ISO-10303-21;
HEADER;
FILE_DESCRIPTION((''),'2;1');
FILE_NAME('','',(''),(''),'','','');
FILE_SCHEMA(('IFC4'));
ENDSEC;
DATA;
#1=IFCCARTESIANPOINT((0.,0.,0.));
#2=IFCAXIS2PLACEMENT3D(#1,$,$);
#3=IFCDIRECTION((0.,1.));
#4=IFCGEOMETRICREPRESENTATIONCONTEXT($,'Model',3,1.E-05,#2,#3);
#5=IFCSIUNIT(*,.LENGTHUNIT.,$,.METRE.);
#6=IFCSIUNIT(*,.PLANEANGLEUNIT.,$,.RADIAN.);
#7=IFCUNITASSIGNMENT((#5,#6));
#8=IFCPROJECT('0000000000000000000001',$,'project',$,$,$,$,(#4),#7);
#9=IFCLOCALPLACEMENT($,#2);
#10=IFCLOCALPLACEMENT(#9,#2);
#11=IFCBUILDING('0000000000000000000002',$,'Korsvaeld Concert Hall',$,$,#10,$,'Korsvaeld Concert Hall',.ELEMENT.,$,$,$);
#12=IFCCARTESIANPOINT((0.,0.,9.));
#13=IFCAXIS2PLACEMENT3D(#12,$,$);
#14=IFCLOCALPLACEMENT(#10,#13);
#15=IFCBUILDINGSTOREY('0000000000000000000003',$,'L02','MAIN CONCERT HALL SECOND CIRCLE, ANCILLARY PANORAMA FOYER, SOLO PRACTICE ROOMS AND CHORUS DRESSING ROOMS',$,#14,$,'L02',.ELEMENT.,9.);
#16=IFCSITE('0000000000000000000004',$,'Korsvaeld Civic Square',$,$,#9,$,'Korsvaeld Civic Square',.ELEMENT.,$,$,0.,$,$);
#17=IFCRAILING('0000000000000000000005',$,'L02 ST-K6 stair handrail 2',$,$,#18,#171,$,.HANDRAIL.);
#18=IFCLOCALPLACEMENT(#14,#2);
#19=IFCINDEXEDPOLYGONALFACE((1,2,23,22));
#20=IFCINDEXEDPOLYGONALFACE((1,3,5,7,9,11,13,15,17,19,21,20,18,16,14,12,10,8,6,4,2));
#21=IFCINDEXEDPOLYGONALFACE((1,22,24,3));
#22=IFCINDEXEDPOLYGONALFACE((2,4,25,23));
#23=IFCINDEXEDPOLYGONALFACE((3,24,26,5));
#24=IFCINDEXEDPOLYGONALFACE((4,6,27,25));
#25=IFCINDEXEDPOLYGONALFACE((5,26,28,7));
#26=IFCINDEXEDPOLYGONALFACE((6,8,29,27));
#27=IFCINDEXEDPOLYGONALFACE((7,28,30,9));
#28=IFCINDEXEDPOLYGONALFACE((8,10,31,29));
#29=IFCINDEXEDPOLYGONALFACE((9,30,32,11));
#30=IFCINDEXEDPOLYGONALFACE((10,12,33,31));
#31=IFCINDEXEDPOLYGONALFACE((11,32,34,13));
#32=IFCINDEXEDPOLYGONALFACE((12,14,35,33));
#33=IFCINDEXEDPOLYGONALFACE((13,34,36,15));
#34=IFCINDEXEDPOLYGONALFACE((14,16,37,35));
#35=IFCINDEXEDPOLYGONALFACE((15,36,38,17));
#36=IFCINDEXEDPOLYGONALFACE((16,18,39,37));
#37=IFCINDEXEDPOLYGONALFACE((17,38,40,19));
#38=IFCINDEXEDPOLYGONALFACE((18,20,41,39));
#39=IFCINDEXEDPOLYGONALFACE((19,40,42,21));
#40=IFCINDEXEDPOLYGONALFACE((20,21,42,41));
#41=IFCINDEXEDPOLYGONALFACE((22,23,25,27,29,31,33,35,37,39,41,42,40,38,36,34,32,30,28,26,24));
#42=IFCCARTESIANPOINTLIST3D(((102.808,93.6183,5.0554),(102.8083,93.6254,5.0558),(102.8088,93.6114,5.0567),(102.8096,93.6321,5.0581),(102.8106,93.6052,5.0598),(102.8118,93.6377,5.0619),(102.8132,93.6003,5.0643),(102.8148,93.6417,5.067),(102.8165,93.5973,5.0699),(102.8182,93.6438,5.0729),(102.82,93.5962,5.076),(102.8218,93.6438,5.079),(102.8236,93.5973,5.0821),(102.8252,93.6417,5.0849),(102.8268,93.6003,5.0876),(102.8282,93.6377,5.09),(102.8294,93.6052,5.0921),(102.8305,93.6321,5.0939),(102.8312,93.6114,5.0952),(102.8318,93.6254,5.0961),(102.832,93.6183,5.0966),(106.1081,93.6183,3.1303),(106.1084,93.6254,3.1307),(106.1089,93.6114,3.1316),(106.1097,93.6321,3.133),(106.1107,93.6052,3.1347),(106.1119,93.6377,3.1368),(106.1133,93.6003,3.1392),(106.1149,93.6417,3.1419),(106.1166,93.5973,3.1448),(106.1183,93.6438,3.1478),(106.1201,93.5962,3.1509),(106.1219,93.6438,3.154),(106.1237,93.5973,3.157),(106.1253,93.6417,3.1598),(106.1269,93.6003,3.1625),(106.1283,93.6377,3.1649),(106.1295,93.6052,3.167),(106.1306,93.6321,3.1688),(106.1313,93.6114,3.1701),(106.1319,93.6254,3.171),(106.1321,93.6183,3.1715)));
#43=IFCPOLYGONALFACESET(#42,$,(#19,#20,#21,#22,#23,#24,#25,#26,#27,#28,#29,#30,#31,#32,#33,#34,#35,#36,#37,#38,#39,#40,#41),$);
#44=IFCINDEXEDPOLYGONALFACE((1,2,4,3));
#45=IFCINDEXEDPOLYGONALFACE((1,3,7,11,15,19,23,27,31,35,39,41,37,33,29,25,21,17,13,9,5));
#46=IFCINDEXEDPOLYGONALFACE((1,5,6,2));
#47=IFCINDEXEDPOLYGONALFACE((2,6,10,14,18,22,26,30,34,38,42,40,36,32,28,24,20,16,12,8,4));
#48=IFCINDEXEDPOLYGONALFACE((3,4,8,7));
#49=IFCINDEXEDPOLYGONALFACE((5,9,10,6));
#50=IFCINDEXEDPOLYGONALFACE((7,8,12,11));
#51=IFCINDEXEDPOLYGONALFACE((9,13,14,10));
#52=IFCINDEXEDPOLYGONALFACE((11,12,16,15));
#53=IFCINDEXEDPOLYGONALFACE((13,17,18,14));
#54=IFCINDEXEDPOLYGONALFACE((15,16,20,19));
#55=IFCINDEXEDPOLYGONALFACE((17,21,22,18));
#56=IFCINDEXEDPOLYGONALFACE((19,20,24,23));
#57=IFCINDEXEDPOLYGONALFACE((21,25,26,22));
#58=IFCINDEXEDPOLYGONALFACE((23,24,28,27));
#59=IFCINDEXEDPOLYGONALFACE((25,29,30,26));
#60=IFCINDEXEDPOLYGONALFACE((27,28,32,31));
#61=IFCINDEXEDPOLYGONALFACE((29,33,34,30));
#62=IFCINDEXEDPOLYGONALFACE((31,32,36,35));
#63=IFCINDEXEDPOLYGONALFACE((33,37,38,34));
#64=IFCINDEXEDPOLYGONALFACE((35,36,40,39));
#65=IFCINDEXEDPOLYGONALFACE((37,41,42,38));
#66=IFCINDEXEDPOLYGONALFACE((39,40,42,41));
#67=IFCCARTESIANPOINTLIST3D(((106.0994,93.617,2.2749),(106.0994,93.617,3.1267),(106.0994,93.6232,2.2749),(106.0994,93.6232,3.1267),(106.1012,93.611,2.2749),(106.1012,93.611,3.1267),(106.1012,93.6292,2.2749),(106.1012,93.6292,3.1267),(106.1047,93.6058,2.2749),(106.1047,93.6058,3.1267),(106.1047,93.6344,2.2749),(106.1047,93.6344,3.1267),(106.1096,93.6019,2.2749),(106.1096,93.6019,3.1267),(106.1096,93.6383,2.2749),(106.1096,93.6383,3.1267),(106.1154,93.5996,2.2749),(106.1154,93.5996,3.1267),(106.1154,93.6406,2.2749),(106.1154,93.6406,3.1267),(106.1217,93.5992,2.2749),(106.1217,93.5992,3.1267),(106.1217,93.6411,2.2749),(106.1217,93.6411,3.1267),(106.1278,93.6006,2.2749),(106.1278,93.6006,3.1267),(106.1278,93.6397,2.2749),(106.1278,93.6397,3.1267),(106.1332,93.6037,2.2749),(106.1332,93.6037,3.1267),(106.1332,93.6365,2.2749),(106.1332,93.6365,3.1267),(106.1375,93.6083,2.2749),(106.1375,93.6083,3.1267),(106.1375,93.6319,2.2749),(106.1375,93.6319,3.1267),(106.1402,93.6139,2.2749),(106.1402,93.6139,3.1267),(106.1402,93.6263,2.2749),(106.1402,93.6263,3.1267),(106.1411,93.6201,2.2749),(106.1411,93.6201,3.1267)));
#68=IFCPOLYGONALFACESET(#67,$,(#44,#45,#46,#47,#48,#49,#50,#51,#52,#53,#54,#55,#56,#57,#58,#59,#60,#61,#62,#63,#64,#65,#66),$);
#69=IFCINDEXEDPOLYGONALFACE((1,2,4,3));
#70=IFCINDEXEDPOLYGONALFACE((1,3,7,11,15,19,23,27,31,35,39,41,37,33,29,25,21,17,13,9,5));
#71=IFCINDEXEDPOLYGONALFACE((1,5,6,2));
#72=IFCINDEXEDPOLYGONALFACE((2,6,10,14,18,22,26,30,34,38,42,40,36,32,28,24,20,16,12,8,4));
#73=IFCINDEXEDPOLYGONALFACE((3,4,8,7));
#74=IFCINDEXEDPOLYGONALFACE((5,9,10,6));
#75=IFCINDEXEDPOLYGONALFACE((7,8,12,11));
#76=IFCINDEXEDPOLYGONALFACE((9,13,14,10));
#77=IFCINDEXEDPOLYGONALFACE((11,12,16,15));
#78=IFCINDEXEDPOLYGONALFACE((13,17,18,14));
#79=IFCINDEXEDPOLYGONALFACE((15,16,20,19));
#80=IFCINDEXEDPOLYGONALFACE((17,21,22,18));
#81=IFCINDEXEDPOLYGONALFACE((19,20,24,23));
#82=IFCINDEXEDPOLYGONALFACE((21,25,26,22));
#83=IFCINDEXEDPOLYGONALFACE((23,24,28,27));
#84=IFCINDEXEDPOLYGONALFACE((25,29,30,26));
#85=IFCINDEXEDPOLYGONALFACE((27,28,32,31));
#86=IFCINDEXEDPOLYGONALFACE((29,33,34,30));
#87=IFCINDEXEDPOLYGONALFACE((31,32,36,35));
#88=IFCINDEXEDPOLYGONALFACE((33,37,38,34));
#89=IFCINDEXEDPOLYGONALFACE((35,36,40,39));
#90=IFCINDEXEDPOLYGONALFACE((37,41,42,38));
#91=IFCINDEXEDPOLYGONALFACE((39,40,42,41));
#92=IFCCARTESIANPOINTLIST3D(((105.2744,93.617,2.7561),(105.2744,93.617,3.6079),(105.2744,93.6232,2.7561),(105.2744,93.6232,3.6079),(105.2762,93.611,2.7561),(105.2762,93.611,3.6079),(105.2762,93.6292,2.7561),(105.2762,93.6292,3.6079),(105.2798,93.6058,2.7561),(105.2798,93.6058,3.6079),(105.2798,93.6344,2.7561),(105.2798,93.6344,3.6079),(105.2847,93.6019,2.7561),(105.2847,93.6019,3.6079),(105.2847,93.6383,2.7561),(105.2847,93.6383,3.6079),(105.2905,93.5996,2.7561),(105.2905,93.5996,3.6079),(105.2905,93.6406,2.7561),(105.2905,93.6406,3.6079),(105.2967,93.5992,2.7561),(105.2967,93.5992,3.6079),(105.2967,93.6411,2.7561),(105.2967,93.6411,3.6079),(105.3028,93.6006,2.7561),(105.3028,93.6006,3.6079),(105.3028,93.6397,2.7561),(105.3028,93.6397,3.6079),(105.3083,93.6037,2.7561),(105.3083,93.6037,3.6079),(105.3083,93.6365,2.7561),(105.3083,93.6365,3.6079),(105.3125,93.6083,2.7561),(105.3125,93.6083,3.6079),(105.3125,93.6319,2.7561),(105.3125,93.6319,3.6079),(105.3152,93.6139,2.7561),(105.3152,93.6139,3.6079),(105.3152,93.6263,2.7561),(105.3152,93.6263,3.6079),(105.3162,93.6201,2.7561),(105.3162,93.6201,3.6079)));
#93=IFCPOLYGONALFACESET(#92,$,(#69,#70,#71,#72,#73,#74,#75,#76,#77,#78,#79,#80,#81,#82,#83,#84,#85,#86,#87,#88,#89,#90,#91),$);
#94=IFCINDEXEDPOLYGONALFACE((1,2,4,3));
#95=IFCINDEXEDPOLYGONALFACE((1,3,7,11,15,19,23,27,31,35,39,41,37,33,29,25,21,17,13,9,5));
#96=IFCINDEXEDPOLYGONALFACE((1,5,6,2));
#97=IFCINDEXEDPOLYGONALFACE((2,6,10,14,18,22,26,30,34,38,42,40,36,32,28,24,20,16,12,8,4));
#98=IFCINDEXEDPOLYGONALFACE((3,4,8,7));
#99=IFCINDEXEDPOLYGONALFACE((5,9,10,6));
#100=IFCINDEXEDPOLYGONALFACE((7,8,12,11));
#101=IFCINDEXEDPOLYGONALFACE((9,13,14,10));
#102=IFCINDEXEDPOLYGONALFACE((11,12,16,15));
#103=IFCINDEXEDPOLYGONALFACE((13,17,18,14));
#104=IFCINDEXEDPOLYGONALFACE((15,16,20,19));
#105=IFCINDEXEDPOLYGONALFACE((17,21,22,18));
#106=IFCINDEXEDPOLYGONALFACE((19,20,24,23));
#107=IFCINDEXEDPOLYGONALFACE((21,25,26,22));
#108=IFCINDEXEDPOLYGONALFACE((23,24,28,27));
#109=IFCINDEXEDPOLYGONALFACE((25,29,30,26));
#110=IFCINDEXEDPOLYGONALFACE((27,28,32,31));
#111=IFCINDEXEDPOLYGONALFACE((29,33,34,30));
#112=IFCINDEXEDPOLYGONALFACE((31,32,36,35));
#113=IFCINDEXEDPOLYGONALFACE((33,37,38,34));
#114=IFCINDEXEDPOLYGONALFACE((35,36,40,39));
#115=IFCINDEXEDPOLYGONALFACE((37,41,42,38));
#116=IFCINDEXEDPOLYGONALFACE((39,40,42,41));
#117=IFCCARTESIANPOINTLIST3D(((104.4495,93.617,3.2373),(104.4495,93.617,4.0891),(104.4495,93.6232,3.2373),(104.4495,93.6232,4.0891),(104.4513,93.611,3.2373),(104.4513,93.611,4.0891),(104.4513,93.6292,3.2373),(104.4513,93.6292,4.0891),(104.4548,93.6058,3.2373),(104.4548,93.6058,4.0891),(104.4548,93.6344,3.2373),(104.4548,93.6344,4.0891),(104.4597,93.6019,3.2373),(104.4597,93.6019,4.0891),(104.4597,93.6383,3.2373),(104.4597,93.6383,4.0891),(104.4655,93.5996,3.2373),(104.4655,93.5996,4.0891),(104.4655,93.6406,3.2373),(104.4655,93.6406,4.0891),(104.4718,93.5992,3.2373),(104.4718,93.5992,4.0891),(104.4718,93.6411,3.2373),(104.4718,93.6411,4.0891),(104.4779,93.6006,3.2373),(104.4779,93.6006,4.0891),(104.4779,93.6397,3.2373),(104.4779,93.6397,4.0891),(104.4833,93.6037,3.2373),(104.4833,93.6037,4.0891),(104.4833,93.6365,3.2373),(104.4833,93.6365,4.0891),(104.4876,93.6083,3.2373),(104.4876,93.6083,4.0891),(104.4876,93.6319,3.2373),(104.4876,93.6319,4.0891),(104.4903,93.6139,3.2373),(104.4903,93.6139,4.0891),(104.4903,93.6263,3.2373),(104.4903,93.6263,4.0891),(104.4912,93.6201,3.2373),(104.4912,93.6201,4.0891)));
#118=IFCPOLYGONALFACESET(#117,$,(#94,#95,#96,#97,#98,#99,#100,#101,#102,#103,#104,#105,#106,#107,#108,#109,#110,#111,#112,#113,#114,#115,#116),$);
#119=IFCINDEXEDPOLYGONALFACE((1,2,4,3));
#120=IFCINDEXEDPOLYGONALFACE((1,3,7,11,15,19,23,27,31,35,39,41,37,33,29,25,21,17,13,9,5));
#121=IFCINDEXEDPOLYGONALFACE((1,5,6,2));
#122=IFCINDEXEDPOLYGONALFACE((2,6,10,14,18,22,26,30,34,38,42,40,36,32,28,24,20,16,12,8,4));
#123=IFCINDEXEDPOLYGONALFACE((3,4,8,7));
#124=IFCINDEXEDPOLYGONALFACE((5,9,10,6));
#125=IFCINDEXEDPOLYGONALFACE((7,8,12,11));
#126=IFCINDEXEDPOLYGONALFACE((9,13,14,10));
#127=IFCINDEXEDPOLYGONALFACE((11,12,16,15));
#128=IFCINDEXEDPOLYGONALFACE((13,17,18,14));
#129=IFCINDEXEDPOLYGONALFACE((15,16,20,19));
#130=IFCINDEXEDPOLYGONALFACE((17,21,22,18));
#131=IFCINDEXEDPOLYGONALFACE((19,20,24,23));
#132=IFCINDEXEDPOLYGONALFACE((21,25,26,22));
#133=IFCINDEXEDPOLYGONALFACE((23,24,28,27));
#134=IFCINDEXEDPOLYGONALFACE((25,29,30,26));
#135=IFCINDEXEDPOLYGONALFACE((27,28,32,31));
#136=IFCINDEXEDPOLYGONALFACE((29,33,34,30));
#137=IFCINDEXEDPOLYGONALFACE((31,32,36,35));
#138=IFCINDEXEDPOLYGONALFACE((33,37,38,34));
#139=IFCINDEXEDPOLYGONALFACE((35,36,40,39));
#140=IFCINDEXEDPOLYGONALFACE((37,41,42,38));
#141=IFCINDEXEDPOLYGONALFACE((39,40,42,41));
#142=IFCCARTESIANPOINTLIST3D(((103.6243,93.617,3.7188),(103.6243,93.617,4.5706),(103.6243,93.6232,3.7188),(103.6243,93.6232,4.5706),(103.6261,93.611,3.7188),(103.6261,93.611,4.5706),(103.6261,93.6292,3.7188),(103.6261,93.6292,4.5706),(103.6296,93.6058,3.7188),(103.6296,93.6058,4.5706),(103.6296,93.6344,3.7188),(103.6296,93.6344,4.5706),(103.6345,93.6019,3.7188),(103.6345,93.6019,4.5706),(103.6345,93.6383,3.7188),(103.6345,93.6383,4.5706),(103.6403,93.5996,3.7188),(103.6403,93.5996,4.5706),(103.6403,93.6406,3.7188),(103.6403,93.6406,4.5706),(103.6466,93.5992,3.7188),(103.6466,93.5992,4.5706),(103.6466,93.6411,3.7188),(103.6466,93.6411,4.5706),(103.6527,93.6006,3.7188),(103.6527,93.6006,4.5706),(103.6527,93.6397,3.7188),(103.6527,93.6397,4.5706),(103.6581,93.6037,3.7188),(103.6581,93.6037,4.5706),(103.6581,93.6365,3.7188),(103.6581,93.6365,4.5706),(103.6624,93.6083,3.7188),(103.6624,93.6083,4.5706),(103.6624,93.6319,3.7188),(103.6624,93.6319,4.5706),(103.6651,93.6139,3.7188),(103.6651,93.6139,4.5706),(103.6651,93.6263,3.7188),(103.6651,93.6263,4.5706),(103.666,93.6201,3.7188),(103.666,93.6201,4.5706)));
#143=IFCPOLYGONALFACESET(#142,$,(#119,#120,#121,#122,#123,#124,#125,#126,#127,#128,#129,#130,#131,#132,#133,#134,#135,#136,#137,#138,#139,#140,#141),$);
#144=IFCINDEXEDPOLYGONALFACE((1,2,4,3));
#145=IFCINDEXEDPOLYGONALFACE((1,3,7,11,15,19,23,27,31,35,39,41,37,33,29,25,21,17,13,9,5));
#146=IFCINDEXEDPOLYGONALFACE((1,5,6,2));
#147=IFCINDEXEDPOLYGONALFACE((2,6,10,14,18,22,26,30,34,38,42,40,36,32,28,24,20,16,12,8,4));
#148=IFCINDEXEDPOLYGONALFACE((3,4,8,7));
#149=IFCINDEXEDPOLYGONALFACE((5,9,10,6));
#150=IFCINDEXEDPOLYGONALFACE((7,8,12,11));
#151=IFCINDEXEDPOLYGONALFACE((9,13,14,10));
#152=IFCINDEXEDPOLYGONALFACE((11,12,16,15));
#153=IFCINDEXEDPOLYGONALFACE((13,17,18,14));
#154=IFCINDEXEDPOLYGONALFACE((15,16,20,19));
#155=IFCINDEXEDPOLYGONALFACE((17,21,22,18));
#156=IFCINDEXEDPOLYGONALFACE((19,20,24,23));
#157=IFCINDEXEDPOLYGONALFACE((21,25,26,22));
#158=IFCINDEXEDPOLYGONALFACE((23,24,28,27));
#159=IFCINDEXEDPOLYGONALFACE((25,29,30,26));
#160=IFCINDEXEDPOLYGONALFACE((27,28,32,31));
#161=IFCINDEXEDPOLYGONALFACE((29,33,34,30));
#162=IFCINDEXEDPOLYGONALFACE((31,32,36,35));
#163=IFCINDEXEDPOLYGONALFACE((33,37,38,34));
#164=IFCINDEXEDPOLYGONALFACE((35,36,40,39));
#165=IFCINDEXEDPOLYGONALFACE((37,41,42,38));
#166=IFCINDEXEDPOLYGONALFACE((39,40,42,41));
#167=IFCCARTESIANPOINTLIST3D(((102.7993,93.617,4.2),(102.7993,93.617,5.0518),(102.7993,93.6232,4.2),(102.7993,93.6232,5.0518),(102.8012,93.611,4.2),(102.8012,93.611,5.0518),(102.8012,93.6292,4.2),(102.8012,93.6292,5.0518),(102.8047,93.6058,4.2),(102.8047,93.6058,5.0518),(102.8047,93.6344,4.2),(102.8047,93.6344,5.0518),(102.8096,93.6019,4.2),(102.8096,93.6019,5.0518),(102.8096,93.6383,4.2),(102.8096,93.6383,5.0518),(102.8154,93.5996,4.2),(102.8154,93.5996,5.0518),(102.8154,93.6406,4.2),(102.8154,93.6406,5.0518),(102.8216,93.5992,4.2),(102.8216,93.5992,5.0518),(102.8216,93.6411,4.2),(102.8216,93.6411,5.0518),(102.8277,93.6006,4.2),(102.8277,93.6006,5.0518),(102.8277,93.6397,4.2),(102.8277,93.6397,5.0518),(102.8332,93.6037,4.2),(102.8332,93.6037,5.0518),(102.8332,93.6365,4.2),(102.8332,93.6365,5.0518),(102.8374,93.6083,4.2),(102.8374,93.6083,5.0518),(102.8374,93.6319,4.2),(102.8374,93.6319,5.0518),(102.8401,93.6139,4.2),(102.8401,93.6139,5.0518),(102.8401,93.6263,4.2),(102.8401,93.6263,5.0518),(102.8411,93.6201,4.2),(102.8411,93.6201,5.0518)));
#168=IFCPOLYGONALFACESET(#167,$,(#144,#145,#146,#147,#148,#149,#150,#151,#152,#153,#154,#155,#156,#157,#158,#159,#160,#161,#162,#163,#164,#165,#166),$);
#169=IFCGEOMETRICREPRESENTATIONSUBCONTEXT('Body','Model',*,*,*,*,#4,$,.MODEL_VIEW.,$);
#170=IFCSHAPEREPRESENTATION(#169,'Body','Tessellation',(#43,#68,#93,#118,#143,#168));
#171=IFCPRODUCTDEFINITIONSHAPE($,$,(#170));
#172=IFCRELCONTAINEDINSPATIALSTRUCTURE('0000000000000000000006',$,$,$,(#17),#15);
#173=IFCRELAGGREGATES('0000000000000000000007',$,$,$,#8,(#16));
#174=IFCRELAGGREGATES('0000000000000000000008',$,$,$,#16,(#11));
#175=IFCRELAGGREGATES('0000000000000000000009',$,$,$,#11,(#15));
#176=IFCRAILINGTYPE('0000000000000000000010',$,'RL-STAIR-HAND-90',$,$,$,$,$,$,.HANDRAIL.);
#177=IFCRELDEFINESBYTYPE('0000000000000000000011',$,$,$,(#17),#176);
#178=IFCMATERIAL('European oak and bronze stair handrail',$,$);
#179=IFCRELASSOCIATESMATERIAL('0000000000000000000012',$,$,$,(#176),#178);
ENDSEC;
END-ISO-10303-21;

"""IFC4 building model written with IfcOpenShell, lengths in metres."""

from ifc_helpers import new_model, si_unit, direction, frame, origin, origin_2d, place, context, subcontext, project, spatial, circle, extrude, material, type_object, element, save


model = new_model("IFC4")

# Units and contexts
model_context = context("Model", 3, precision=1e-05, world=origin(), true_north=direction((0.0, 1.0)))
body_context = subcontext(model_context, "Body", "Model", "MODEL_VIEW")
ifc_project = project(units=[si_unit("LENGTHUNIT", "METRE"), si_unit("PLANEANGLEUNIT", "RADIAN")], contexts=[model_context])

# Site, building, storey
site_placement = place(None, origin())
site = spatial("IfcSite", under=ifc_project, at=site_placement, Name="Korsvaeld Civic Square", LongName="Korsvaeld Civic Square", CompositionType="ELEMENT", RefElevation=0.0)
building_placement = place(site_placement, origin())
building = spatial("IfcBuilding", under=site, at=building_placement, Name="Korsvaeld Concert Hall", LongName="Korsvaeld Concert Hall", CompositionType="ELEMENT")
storey_placement = place(building_placement, frame((0.0, 0.0, 9.0)))
storey = spatial("IfcBuildingStorey", under=building, at=storey_placement, Name="L02", Description="MAIN CONCERT HALL SECOND CIRCLE, ANCILLARY PANORAMA FOYER, SOLO PRACTICE ROOMS AND CHORUS DRESSING ROOMS", LongName="L02", CompositionType="ELEMENT", Elevation=9.0)

# Railing
ifc_material_1 = material(Name="European oak and bronze stair handrail")
railing_type_1 = type_object("IfcRailingType", Name="RL-STAIR-HAND-90", PredefinedType="HANDRAIL", material=ifc_material_1)
railing_1_placement = place(storey_placement, frame((106.1201, 93.6201, 2.2749)))
element("IfcRailing", 1, at=railing_1_placement, inside=storey, type_object=railing_type_1, Name="L02 ST-K6 stair handrail 2", PredefinedType="HANDRAIL", context=body_context, shape_type="SweptSolid", body=[
    extrude(circle(Radius=0.0239, at=origin_2d()), frame((0.0, 0.0, 0.876), z_axis=(-0.863777, 0.0, 0.503875), x_axis=(0.0, -1.0, 0.0)), (0.0, 0.0, 1.0), 3.8206),
    extrude(circle(Radius=0.021, at=origin_2d()), origin(), (0.0, 0.0, 1.0), 0.8518),
    extrude(circle(Radius=0.021, at=origin_2d()), frame((-0.825, 0.0, 0.4812)), (0.0, 0.0, 1.0), 0.8518),
    extrude(circle(Radius=0.021, at=origin_2d()), frame((-1.6499, 0.0, 0.9624)), (0.0, 0.0, 1.0), 0.8518),
    extrude(circle(Radius=0.021, at=origin_2d()), frame((-2.4751, 0.0, 1.4438)), (0.0, 0.0, 1.0), 0.8518),
    extrude(circle(Radius=0.021, at=origin_2d()), frame((-3.3, 0.0, 1.925)), (0.0, 0.0, 1.0), 0.8518),
])

save(model, "model.ifc")
